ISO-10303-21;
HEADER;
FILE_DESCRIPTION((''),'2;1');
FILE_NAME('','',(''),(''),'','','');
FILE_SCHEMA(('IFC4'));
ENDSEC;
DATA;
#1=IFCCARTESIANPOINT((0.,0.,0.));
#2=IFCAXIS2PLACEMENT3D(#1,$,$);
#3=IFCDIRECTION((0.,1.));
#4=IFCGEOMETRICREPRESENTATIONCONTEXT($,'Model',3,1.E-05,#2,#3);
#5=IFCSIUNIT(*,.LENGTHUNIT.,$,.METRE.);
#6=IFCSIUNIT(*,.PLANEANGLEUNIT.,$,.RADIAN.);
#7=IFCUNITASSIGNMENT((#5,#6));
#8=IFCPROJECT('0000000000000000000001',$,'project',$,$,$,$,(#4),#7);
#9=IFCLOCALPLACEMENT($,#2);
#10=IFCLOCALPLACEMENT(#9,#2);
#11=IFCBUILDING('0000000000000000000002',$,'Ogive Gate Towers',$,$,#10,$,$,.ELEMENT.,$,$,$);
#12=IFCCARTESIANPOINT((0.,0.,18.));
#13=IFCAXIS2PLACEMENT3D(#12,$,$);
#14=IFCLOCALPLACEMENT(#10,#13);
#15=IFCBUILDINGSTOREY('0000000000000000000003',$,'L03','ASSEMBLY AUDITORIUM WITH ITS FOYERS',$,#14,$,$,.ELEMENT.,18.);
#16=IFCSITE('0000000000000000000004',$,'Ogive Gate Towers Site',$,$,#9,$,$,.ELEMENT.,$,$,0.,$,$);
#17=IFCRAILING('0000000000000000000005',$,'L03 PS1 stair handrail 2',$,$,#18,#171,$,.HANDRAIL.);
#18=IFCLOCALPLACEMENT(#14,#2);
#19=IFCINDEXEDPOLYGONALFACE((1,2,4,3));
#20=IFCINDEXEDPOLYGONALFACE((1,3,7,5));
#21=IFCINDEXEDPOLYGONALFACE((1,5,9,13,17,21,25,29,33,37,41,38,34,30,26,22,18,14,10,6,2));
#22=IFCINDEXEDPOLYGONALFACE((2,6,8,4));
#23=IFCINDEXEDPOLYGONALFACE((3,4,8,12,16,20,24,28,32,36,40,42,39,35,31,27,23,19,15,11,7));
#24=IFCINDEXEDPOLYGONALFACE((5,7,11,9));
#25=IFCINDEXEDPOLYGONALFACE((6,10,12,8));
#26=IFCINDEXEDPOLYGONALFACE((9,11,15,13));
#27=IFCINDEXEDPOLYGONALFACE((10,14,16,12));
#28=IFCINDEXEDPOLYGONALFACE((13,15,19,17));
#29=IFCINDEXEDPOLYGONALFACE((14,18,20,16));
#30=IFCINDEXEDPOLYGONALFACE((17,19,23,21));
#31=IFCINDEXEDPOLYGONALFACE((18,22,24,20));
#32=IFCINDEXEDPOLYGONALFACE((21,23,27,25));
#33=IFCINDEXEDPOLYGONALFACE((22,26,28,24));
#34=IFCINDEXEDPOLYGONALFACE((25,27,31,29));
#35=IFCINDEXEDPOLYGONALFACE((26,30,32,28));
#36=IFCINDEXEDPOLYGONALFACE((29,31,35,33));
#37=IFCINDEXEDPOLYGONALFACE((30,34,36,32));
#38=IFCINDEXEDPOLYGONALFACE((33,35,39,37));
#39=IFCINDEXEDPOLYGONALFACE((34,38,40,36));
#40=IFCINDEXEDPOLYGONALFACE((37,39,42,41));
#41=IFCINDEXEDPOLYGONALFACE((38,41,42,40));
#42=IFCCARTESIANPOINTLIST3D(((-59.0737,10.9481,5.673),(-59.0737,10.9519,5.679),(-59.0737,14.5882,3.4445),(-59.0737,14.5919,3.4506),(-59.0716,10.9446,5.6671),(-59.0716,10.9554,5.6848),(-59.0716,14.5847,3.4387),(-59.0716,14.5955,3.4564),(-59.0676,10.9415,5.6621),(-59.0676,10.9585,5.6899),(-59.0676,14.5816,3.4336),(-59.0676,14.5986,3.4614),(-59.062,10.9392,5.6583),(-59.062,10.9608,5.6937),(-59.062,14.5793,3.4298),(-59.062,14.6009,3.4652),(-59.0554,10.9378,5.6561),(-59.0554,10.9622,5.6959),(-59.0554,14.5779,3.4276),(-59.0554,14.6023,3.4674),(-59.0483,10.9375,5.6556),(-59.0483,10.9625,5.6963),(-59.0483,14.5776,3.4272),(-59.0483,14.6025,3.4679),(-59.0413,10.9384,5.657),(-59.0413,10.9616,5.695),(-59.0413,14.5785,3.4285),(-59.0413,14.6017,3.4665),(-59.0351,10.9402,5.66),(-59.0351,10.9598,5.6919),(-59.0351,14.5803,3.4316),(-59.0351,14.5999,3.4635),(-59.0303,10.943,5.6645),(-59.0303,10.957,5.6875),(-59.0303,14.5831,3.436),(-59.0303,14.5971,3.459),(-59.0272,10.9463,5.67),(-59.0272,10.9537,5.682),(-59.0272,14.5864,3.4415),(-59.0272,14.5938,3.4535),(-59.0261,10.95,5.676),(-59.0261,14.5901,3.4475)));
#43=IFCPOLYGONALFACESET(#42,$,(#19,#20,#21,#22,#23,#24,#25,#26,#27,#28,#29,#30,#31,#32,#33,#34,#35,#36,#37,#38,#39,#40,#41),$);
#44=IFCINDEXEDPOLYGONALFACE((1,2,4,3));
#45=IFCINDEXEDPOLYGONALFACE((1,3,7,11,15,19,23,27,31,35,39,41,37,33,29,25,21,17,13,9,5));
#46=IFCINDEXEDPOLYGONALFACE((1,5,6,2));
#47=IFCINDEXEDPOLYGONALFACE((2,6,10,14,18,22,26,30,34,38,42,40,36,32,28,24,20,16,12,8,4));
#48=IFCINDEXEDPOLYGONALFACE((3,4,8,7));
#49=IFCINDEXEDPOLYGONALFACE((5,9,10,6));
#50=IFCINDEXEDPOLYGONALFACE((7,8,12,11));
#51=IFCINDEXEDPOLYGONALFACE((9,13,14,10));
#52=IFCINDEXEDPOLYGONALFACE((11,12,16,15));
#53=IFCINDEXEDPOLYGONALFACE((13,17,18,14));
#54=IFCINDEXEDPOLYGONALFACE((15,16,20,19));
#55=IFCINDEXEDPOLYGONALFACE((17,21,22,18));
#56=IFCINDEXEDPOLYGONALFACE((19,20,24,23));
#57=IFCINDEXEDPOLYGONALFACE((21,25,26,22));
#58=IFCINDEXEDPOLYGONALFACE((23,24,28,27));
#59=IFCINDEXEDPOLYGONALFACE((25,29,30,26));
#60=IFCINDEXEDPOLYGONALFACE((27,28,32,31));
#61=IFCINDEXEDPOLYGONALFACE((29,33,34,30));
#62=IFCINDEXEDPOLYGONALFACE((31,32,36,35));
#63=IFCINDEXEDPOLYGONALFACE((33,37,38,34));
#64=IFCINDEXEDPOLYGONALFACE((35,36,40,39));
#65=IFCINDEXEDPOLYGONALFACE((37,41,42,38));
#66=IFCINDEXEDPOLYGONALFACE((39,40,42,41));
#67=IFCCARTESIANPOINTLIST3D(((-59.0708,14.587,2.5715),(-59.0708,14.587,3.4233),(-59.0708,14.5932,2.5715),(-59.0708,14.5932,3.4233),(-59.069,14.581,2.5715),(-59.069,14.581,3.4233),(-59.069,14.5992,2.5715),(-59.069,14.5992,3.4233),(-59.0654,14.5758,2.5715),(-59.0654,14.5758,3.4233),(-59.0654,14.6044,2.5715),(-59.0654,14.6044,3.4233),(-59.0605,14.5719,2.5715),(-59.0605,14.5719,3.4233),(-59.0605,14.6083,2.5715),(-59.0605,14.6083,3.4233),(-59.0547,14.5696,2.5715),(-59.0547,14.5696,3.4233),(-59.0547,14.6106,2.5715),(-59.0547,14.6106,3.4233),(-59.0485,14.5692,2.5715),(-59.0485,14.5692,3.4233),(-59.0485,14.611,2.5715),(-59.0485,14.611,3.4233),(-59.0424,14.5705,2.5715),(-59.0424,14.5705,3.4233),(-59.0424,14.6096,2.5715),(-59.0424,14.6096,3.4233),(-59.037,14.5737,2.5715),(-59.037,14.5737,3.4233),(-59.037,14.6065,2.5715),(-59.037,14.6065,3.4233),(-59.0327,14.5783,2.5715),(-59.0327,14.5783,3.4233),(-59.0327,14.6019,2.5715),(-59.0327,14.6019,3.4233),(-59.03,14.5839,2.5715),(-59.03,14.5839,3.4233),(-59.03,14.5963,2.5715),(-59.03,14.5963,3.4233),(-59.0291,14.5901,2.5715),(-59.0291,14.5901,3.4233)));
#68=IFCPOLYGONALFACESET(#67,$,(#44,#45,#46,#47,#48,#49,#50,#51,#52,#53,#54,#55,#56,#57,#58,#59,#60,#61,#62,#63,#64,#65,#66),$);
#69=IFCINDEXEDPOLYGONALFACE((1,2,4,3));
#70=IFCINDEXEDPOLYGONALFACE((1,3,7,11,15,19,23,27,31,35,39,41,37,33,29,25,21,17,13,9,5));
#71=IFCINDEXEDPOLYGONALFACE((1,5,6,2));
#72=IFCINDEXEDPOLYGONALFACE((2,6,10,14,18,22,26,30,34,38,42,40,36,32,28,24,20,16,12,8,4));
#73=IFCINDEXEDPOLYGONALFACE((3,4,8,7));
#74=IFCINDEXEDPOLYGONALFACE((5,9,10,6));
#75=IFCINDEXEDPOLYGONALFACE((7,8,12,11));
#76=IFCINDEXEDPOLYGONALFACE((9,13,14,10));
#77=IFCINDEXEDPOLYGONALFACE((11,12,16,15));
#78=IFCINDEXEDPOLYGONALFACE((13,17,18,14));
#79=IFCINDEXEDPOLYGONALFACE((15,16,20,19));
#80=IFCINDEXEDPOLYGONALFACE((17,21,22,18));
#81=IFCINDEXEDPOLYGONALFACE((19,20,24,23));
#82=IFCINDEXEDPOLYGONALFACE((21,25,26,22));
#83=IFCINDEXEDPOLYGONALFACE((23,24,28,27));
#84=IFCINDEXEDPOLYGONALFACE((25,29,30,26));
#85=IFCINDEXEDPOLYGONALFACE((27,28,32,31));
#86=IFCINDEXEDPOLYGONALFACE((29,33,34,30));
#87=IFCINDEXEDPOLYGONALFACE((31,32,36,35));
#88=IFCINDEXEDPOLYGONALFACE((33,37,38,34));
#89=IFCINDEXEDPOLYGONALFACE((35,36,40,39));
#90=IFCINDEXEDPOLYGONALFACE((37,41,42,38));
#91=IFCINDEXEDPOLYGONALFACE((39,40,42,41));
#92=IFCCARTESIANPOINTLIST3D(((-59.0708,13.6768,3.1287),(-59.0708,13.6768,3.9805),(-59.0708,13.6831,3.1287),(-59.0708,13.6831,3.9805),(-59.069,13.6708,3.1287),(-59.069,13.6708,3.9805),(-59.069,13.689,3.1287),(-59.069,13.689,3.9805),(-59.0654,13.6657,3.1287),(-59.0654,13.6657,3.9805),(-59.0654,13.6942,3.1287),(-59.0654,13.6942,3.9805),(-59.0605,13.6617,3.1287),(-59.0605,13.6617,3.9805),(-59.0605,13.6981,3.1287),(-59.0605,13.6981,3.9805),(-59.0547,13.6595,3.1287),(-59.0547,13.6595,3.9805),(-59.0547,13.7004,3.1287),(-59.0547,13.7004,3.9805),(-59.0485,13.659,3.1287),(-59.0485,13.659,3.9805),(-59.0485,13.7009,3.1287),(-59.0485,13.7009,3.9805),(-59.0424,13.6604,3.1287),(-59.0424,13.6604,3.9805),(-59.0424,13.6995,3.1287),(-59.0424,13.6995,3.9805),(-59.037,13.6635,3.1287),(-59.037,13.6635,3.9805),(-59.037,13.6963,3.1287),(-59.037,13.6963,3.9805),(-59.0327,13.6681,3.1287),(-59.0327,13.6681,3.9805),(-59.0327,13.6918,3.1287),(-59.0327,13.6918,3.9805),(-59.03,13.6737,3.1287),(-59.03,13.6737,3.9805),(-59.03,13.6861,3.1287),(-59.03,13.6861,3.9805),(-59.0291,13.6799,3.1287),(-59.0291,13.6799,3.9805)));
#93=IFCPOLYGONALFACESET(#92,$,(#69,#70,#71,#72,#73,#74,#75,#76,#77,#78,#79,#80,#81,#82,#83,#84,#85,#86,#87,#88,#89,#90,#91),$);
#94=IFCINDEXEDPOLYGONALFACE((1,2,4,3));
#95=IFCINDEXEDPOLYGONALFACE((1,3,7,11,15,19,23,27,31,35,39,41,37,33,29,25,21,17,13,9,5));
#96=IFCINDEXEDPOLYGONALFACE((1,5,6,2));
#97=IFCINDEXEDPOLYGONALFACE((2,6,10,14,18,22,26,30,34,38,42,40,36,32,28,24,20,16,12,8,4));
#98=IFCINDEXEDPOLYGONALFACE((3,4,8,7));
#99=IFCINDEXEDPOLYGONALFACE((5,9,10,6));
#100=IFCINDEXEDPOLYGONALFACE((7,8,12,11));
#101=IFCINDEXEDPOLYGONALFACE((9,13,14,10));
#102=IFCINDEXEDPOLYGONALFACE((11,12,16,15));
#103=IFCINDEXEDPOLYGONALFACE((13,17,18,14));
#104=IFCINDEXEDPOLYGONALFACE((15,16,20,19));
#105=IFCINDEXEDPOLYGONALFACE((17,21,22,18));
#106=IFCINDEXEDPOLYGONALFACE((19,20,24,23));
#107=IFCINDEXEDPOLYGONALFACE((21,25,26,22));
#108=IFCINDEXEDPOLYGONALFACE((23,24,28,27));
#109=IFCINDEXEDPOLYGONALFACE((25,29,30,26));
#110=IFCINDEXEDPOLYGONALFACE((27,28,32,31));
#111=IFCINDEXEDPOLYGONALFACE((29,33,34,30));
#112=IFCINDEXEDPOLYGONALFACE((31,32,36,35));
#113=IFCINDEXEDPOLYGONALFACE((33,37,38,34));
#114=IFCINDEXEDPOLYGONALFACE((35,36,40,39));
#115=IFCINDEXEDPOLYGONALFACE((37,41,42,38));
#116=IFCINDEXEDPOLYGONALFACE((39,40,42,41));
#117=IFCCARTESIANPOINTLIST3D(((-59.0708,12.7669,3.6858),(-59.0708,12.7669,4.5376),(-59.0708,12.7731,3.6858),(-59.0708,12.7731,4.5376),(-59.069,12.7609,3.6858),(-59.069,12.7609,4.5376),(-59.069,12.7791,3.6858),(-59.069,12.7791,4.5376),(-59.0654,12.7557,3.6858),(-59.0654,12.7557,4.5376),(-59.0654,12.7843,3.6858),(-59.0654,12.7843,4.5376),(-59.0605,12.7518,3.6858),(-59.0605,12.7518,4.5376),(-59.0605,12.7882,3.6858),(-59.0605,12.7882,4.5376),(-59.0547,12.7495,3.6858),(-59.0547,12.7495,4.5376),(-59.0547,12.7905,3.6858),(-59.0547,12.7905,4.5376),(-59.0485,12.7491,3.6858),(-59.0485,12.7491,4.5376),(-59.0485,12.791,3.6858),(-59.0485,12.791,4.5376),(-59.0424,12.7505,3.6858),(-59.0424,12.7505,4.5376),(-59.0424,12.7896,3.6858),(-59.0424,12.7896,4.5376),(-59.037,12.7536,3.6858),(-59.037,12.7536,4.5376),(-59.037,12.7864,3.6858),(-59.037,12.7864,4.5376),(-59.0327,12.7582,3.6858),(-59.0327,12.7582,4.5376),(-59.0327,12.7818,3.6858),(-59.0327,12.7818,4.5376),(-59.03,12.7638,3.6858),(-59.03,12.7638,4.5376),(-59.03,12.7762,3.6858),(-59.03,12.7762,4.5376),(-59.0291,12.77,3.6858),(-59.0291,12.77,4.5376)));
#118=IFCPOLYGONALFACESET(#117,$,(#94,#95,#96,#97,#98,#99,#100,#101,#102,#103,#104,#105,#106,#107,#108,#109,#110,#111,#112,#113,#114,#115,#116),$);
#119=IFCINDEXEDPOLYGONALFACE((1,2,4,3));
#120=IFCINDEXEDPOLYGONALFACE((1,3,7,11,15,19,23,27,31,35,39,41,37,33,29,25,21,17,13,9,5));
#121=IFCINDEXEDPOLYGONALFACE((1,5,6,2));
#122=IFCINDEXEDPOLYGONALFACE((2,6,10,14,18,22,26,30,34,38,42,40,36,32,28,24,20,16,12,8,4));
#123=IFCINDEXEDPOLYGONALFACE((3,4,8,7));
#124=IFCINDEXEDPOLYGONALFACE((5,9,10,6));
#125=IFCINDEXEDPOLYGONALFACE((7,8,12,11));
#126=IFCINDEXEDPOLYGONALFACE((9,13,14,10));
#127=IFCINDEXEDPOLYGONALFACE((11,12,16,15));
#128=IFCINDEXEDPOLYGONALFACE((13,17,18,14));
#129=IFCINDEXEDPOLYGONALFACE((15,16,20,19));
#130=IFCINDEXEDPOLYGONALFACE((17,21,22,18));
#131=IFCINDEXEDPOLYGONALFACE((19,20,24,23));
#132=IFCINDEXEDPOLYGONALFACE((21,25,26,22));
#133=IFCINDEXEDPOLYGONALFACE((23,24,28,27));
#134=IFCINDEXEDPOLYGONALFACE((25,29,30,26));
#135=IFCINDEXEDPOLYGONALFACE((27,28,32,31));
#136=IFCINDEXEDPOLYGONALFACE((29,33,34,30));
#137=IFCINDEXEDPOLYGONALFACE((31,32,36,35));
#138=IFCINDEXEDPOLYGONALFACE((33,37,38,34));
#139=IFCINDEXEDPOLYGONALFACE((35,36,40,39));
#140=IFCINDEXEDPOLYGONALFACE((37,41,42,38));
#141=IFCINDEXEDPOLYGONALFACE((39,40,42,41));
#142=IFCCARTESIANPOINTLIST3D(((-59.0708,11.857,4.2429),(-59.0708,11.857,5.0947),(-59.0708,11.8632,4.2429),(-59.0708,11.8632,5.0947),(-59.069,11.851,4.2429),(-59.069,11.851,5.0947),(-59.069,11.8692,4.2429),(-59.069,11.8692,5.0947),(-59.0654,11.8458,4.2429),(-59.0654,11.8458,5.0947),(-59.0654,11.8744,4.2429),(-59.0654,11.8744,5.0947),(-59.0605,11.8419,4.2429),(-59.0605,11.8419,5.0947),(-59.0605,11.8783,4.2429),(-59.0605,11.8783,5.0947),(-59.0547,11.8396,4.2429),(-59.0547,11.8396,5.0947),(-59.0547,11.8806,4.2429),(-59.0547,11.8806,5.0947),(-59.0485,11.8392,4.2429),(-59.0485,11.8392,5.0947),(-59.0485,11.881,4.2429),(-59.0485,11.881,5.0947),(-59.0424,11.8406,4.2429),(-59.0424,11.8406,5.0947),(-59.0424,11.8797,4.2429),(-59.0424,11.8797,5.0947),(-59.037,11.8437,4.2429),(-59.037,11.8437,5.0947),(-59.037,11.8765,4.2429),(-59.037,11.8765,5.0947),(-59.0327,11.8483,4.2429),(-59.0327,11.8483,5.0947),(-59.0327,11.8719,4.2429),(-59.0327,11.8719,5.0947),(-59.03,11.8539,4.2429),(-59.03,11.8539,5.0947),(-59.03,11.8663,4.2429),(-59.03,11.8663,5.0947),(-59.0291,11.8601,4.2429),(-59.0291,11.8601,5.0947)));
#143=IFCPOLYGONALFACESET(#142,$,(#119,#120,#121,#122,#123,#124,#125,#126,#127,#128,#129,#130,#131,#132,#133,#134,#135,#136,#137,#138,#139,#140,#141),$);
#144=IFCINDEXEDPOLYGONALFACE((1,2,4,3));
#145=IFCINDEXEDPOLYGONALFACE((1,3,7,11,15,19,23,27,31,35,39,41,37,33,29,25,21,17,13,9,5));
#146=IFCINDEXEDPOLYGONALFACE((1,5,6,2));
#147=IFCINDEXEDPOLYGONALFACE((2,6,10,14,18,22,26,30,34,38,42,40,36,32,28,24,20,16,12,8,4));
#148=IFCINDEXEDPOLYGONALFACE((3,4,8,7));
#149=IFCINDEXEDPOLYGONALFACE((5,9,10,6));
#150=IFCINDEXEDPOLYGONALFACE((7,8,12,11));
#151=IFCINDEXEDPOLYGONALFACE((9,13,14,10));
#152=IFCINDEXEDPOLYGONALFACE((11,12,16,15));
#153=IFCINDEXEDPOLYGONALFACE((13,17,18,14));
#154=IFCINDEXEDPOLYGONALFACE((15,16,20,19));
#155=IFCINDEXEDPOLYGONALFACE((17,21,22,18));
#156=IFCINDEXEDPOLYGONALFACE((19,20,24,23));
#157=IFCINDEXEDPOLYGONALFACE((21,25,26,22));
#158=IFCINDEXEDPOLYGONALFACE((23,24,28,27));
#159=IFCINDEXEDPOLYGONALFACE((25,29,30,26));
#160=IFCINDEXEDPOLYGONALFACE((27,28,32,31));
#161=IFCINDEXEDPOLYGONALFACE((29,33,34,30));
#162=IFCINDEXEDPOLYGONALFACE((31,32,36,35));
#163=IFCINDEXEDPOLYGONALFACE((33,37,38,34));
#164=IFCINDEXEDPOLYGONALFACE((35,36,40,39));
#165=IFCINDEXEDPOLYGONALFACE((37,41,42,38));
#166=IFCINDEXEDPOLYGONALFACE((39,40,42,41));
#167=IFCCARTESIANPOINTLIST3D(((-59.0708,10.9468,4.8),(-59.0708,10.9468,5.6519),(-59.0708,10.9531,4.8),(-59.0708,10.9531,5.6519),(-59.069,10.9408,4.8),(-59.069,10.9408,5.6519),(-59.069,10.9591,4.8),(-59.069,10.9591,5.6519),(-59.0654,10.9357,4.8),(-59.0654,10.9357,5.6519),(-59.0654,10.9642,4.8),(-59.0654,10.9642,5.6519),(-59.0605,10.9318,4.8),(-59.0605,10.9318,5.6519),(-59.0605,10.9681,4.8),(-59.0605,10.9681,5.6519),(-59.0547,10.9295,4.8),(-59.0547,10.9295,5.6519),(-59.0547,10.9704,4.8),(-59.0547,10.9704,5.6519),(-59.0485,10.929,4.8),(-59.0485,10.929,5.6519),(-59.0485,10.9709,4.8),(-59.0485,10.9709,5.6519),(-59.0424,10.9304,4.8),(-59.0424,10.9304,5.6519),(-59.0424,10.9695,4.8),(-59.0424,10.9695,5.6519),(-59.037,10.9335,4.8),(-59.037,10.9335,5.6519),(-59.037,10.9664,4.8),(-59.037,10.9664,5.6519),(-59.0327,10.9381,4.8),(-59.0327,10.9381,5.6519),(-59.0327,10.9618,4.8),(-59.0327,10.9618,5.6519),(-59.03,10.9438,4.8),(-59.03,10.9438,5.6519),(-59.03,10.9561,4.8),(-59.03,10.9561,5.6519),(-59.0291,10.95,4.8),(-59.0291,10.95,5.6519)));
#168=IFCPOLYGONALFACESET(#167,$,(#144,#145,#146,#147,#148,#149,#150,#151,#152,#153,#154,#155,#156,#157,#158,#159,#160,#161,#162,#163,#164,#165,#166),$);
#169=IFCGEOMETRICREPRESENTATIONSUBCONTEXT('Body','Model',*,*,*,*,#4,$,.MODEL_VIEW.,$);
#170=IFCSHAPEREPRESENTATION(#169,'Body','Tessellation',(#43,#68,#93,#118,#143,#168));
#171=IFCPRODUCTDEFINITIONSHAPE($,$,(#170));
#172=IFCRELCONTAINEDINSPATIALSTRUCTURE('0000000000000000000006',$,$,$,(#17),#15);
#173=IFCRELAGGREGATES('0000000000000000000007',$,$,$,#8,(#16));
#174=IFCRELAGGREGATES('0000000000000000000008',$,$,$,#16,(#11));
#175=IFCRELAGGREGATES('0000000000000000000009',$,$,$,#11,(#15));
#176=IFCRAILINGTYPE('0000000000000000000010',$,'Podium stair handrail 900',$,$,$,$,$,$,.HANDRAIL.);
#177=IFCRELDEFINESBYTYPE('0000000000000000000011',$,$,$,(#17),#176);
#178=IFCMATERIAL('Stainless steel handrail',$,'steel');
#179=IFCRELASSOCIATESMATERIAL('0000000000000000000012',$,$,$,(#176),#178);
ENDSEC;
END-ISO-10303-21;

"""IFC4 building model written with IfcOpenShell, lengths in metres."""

from ifc_helpers import new_model, si_unit, direction, frame, origin, origin_2d, place, context, subcontext, project, spatial, circle, extrude, material, type_object, element, save


model = new_model("IFC4")

# Units and contexts
model_context = context("Model", 3, precision=1e-05, world=origin(), true_north=direction((0.0, 1.0)))
body_context = subcontext(model_context, "Body", "Model", "MODEL_VIEW")
ifc_project = project(units=[si_unit("LENGTHUNIT", "METRE"), si_unit("PLANEANGLEUNIT", "RADIAN")], contexts=[model_context])

# Site, building, storey
site_placement = place(None, origin())
site = spatial("IfcSite", under=ifc_project, at=site_placement, Name="Ogive Gate Towers Site", CompositionType="ELEMENT", RefElevation=0.0)
building_placement = place(site_placement, origin())
building = spatial("IfcBuilding", under=site, at=building_placement, Name="Ogive Gate Towers", CompositionType="ELEMENT")
storey_placement = place(building_placement, frame((0.0, 0.0, 18.0)))
storey = spatial("IfcBuildingStorey", under=building, at=storey_placement, Name="L03", Description="ASSEMBLY AUDITORIUM WITH ITS FOYERS", CompositionType="ELEMENT", Elevation=18.0)

# Railing
ifc_material_1 = material(Name="Stainless steel handrail", Category="steel")
railing_type_1 = type_object("IfcRailingType", Name="Podium stair handrail 900", PredefinedType="HANDRAIL", material=ifc_material_1)
railing_1_placement = place(storey_placement, frame((-59.05, 14.5901, 2.5715)))
element("IfcRailing", 1, at=railing_1_placement, inside=storey, type_object=railing_type_1, Name="L03 PS1 stair handrail 2", PredefinedType="HANDRAIL", context=body_context, shape_type="SweptSolid", body=[
    extrude(circle(Radius=0.0239, at=origin_2d()), frame((0.0, 0.0, 0.876), z_axis=(0.0, -0.852866, 0.52213), x_axis=(1.0, 0.0, 0.0)), (0.0, 0.0, 1.0), 4.2681),
    extrude(circle(Radius=0.021, at=origin_2d()), origin(), (0.0, 0.0, 1.0), 0.8518),
    extrude(circle(Radius=0.021, at=origin_2d()), frame((0.0, -0.9102, 0.5571)), (0.0, 0.0, 1.0), 0.8518),
    extrude(circle(Radius=0.021, at=origin_2d()), frame((0.0, -1.8201, 1.1143)), (0.0, 0.0, 1.0), 0.8518),
    extrude(circle(Radius=0.021, at=origin_2d()), frame((0.0, -2.73, 1.6714)), (0.0, 0.0, 1.0), 0.8518),
    extrude(circle(Radius=0.021, at=origin_2d()), frame((0.0, -3.6401, 2.2285)), (0.0, 0.0, 1.0), 0.8518),
])

save(model, "model.ifc")
